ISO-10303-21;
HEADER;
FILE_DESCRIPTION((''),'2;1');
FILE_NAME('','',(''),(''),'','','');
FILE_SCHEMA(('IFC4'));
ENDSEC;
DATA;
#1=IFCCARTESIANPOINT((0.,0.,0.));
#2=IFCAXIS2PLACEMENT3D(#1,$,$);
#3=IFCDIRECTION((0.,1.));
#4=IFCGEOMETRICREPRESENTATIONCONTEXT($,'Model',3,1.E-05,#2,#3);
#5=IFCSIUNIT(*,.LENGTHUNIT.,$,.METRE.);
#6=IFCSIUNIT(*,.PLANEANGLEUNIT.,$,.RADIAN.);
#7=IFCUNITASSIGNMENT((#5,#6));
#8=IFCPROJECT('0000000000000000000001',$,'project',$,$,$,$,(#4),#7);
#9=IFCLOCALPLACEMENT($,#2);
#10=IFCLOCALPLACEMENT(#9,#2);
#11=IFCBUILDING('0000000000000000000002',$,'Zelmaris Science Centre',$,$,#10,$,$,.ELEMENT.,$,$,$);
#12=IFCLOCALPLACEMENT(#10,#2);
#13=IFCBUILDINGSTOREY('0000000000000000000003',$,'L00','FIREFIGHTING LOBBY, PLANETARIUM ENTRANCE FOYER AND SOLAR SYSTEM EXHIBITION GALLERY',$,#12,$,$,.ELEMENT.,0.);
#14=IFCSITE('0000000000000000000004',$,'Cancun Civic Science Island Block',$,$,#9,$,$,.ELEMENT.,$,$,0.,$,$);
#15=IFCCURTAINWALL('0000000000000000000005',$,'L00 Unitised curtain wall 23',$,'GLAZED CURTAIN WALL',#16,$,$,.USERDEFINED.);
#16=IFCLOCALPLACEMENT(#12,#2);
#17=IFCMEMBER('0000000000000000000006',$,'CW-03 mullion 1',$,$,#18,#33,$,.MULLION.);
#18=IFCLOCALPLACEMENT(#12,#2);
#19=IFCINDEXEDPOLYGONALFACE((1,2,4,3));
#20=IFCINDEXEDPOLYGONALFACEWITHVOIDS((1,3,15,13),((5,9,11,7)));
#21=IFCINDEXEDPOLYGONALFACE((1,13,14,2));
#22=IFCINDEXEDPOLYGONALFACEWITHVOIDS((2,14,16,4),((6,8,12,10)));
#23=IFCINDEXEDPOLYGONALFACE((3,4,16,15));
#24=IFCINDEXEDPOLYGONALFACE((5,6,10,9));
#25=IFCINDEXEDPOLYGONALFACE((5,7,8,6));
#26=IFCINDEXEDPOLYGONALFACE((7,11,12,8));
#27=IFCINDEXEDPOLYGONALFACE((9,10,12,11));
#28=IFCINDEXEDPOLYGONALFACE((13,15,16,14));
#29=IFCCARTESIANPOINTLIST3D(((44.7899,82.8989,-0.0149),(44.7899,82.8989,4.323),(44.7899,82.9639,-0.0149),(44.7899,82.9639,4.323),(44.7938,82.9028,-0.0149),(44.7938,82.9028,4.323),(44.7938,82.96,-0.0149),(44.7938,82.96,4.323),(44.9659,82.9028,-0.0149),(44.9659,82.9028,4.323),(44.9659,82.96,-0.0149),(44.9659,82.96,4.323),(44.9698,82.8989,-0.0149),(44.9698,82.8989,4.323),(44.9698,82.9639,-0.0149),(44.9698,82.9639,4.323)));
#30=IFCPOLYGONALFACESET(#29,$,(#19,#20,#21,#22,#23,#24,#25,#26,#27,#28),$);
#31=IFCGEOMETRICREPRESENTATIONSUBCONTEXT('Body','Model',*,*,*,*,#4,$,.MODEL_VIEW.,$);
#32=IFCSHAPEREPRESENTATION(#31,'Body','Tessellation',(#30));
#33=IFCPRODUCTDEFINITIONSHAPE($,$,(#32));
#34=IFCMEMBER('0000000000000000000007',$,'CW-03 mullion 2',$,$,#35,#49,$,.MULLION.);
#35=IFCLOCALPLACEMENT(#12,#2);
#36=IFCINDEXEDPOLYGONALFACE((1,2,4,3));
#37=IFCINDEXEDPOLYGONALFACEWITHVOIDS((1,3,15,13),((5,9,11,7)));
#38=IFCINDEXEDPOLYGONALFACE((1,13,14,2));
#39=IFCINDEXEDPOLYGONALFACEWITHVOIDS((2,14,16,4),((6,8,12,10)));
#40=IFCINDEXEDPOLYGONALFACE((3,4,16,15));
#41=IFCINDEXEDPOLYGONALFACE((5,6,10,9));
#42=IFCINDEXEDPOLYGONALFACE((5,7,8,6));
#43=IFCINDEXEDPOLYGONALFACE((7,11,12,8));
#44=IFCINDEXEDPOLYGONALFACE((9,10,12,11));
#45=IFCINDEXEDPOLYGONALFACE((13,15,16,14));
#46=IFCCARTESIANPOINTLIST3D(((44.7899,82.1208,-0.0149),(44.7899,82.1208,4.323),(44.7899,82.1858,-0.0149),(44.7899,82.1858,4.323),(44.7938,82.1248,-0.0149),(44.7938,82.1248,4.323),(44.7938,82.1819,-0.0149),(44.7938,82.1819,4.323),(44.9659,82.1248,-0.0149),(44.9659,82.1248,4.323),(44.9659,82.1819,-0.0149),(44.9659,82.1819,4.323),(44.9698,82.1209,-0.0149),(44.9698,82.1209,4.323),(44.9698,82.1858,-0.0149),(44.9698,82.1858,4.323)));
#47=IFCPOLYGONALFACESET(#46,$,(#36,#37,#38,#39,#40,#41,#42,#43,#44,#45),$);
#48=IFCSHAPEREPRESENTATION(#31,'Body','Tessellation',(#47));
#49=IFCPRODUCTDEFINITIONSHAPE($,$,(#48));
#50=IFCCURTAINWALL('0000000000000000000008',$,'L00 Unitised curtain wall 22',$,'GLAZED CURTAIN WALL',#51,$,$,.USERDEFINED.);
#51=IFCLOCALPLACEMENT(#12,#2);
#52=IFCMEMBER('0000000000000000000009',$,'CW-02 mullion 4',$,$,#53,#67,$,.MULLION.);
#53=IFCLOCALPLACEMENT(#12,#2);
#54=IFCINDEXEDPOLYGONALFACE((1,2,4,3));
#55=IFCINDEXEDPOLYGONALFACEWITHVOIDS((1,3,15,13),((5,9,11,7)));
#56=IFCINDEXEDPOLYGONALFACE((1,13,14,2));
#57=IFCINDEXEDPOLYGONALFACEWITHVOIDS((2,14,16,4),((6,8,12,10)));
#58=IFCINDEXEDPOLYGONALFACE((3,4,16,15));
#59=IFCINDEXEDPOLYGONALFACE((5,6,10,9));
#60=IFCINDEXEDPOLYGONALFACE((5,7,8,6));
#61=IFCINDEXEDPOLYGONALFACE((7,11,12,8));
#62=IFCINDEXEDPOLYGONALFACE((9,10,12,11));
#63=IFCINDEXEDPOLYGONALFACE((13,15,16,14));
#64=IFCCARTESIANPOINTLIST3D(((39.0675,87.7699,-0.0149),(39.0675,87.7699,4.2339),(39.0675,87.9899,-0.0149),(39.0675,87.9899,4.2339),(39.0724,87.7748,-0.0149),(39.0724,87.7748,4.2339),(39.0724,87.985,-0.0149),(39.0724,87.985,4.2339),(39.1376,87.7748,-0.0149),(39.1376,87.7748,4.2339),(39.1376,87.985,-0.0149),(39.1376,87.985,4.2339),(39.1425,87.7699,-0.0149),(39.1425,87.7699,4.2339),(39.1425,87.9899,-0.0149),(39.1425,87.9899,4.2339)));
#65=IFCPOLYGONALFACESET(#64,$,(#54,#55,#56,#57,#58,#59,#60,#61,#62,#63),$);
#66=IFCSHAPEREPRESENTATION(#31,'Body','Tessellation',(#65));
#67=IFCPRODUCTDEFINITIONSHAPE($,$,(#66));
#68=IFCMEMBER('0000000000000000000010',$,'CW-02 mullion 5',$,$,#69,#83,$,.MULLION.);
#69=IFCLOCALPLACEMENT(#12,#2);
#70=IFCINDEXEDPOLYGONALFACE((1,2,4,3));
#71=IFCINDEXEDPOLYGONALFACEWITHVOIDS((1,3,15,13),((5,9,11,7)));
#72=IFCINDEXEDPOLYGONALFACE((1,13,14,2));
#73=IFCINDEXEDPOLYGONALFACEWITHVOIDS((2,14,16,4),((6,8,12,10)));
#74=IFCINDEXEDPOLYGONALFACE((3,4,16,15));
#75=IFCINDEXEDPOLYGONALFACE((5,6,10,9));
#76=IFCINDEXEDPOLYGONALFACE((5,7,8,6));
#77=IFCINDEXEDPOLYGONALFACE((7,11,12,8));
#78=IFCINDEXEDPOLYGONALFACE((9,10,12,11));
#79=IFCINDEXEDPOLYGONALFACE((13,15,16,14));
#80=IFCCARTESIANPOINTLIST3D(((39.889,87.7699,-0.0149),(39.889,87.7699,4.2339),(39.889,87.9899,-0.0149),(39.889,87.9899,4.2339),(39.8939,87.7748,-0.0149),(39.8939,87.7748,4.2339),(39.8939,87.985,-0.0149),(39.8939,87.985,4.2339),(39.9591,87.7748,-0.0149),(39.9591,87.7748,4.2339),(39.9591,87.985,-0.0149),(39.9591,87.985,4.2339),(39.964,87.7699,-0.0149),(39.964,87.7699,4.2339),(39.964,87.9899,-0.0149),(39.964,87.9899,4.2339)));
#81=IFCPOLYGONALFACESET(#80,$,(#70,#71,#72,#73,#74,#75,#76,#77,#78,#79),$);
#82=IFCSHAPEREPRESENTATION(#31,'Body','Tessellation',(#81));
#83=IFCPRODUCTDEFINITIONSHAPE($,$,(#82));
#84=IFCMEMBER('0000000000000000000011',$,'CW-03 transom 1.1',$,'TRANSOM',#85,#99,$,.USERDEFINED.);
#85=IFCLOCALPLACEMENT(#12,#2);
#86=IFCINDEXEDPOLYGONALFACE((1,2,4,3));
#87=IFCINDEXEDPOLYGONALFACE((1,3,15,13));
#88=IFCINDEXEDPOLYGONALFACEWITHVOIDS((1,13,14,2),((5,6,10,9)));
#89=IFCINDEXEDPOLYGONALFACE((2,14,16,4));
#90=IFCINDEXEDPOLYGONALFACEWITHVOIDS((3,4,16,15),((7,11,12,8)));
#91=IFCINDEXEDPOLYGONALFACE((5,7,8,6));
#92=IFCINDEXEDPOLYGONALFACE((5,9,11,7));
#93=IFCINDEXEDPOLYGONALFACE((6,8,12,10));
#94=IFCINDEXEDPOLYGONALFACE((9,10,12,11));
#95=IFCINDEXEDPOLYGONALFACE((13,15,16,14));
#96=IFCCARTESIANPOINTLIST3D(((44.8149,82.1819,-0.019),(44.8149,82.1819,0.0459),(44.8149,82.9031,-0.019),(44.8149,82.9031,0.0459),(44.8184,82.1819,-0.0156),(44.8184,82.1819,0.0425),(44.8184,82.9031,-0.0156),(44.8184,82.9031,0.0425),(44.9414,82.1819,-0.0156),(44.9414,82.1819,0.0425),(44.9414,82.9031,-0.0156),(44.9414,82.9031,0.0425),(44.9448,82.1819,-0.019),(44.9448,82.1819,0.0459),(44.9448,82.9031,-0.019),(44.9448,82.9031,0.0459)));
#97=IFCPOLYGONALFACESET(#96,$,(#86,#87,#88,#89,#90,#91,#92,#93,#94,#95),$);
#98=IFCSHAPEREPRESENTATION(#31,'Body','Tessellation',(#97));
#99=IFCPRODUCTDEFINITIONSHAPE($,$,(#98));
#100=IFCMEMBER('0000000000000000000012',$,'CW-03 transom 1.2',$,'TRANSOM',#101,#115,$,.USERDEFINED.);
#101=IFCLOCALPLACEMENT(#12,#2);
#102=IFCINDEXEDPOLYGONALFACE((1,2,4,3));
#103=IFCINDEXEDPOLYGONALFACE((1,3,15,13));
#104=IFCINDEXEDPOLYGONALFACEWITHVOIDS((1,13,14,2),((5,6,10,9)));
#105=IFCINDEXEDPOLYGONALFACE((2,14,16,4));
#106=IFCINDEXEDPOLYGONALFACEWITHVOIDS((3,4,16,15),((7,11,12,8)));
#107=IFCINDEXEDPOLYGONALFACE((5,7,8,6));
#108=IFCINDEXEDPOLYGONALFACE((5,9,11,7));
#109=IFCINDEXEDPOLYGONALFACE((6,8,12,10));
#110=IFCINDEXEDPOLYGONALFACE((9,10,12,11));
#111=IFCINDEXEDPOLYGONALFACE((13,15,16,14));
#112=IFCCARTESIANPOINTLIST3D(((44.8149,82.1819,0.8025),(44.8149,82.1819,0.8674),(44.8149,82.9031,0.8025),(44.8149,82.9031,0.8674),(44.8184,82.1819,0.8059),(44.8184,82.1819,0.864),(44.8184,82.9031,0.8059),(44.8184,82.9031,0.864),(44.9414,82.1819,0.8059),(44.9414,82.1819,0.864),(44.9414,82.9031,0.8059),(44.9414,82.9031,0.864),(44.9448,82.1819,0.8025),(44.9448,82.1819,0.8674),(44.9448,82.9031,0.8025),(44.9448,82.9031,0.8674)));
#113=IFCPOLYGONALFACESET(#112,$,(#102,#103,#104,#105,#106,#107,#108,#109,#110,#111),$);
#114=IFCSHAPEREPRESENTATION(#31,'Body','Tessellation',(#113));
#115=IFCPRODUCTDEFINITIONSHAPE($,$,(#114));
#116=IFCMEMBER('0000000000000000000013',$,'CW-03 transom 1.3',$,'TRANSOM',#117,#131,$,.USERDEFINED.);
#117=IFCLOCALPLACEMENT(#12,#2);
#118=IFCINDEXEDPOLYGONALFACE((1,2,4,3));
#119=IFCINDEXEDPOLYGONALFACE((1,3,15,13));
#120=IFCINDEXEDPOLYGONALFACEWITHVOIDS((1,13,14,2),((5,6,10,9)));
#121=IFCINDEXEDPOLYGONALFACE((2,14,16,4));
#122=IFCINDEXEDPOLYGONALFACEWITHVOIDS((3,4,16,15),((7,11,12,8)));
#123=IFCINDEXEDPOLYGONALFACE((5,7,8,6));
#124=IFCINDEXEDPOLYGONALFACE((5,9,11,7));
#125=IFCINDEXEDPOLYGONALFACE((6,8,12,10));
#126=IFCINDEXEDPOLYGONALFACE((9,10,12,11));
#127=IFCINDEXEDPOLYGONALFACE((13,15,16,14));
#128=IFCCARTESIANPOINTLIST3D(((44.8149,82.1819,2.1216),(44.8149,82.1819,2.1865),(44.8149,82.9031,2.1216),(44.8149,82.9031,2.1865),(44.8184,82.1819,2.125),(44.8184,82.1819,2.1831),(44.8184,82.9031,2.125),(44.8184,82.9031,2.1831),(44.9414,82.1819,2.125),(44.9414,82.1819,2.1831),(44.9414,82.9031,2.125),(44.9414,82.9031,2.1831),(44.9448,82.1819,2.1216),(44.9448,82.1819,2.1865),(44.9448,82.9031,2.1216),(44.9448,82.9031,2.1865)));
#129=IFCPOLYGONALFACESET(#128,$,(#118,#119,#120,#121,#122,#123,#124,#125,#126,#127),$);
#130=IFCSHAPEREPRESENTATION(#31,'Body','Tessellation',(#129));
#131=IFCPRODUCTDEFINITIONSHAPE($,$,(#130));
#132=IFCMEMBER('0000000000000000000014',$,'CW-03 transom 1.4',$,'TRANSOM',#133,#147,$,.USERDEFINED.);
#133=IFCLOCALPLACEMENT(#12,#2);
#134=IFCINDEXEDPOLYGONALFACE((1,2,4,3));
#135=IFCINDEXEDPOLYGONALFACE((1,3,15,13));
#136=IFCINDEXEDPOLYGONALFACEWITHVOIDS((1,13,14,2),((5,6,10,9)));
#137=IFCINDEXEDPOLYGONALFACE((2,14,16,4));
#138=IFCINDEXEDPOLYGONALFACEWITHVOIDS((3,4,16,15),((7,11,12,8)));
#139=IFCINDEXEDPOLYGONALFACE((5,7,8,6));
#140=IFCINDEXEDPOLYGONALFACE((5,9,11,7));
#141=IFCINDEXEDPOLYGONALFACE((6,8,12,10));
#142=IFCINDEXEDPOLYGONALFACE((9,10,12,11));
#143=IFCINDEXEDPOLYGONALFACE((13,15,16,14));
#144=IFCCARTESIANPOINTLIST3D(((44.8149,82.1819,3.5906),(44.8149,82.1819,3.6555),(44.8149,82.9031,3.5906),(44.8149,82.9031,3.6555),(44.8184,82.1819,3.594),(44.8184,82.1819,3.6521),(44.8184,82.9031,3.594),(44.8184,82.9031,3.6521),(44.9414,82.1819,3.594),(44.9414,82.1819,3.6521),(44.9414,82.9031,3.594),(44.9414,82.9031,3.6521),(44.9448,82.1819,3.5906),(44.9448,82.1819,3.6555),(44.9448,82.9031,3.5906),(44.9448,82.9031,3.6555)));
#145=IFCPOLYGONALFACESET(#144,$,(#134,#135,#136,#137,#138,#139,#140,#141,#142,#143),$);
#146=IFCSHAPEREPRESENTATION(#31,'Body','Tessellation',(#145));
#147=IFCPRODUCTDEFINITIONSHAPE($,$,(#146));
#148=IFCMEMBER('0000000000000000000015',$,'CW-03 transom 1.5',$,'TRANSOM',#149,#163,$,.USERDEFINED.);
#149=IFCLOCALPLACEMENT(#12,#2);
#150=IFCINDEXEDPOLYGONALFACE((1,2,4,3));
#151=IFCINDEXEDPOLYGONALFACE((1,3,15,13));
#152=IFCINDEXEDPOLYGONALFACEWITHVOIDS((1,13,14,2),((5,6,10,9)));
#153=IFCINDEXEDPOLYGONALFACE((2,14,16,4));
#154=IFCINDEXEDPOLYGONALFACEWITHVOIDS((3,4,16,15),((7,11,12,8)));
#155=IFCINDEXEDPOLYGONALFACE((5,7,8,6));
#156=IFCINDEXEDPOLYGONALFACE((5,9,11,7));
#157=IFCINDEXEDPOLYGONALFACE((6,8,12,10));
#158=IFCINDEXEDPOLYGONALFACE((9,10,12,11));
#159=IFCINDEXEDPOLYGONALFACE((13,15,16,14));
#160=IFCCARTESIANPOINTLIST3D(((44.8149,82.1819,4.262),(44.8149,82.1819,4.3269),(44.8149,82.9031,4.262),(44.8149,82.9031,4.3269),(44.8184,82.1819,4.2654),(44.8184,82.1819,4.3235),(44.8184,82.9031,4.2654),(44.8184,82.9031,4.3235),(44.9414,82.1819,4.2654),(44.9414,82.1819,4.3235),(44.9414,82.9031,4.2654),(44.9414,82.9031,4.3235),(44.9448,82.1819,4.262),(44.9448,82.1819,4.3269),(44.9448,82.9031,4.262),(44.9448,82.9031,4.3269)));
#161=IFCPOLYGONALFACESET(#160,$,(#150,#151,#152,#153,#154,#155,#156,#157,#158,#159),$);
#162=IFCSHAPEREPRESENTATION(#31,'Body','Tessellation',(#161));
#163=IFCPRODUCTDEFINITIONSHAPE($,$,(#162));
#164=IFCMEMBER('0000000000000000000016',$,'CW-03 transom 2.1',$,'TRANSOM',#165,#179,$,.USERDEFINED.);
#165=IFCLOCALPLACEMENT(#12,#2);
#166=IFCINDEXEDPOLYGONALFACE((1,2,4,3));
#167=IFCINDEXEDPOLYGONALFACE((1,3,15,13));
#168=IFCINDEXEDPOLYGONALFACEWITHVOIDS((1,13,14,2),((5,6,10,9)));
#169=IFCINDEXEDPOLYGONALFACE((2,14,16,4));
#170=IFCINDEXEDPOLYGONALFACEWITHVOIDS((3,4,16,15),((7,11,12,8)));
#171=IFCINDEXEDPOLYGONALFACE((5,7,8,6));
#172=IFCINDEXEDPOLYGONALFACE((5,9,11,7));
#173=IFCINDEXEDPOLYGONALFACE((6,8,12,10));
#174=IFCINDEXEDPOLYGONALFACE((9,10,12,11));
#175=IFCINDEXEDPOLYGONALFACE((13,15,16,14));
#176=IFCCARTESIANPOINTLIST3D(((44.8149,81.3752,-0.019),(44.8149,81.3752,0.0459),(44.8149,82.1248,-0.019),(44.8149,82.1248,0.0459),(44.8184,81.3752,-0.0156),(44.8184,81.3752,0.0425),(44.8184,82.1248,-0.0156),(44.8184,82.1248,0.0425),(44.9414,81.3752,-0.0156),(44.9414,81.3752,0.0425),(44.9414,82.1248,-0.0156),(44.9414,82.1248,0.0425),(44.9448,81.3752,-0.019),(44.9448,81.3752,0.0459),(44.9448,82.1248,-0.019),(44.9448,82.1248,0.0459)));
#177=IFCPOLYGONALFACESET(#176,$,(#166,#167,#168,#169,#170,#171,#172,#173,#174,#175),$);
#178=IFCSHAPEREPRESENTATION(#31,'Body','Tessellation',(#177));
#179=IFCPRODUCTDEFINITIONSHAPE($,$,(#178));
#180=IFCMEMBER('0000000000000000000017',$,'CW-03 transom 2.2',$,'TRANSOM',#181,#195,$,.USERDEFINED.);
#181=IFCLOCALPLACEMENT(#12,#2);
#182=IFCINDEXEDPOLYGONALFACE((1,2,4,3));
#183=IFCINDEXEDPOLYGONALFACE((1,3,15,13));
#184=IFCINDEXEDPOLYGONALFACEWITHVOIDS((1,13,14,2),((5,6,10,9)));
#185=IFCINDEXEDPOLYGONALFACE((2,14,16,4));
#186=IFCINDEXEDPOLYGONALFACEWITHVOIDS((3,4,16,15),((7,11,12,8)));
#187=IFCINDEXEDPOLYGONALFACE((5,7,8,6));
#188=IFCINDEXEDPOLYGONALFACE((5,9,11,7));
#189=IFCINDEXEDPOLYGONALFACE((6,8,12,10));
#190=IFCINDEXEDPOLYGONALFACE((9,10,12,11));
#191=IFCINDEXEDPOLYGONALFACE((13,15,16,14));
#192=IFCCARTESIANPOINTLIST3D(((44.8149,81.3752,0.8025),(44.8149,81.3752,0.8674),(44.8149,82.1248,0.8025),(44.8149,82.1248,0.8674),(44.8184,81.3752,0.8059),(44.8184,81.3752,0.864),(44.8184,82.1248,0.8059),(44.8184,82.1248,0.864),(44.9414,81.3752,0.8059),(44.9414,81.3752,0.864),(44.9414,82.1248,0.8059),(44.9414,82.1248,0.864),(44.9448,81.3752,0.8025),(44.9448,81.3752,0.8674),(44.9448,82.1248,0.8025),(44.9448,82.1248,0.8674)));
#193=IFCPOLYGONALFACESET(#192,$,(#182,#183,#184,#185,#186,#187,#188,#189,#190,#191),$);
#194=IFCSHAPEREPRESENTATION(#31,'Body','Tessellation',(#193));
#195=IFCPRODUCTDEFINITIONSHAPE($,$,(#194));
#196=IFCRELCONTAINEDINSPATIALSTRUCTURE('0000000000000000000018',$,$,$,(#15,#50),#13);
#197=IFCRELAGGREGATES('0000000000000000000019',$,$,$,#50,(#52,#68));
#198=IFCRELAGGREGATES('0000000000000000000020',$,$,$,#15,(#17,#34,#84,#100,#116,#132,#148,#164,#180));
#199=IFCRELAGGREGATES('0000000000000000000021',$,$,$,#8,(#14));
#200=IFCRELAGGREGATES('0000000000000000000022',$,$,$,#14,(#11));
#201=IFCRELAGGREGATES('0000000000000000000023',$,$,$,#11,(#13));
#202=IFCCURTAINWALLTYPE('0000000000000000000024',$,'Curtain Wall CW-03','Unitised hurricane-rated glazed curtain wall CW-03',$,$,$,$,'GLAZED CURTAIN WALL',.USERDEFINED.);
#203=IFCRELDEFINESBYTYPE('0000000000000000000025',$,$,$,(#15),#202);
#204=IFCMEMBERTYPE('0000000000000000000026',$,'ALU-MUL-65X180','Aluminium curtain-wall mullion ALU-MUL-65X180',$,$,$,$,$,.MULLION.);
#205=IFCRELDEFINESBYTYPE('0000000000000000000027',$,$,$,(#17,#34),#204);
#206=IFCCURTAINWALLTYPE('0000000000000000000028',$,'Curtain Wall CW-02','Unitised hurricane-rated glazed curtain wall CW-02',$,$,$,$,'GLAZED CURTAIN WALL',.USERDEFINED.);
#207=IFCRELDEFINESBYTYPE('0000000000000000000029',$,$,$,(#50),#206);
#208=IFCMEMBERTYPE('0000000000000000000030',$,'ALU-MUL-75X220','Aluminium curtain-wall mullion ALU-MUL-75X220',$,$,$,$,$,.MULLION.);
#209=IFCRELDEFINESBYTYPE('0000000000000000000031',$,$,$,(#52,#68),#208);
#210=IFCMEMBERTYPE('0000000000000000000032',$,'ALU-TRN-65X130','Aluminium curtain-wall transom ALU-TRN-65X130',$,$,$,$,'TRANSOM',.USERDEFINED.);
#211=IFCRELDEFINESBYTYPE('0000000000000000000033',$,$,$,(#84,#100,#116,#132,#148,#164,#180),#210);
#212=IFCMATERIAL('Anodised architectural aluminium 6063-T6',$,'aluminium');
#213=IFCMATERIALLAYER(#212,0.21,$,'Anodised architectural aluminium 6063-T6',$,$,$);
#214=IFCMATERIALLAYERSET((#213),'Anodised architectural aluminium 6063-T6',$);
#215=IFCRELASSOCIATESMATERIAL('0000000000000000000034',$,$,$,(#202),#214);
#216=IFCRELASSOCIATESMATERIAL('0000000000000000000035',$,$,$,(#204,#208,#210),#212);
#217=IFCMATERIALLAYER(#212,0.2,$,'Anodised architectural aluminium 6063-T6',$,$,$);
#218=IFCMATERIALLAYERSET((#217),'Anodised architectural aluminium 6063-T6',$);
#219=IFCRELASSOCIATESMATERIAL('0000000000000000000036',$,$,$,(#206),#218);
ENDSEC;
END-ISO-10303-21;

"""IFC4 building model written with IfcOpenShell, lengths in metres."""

from ifc_helpers import new_model, si_unit, direction, frame, origin, origin_2d, place, context, subcontext, project, spatial, hollow_rectangle, extrude, material, layer, layer_set, material_profile, profile_set, type_object, element, aggregate, save


model = new_model("IFC4")

# Units and contexts
model_context = context("Model", 3, precision=1e-05, world=origin(), true_north=direction((0.0, 1.0)))
body_context = subcontext(model_context, "Body", "Model", "MODEL_VIEW")
ifc_project = project(units=[si_unit("LENGTHUNIT", "METRE"), si_unit("PLANEANGLEUNIT", "RADIAN")], contexts=[model_context])

# Site, building, storey
site_placement = place(None, origin())
site = spatial("IfcSite", under=ifc_project, at=site_placement, Name="Cancun Civic Science Island Block", CompositionType="ELEMENT", RefElevation=0.0)
building_placement = place(site_placement, origin())
building = spatial("IfcBuilding", under=site, at=building_placement, Name="Zelmaris Science Centre", CompositionType="ELEMENT")
storey_placement = place(building_placement, origin())
storey = spatial("IfcBuildingStorey", under=building, at=storey_placement, Name="L00", Description="FIREFIGHTING LOBBY, PLANETARIUM ENTRANCE FOYER AND SOLAR SYSTEM EXHIBITION GALLERY", CompositionType="ELEMENT", Elevation=0.0)

# Curtain walls, members
ifc_material_1 = material(Name="Anodised architectural aluminium 6063-T6", Category="aluminium")
ifc_layer_1 = layer(ifc_material_1, 0.21, Name="Anodised architectural aluminium 6063-T6")
ifc_layer_set_1 = layer_set([ifc_layer_1], Name="Anodised architectural aluminium 6063-T6")
curtain_wall_type_1 = type_object("IfcCurtainWallType", Name="Curtain Wall CW-03", Description="Unitised hurricane-rated glazed curtain wall CW-03", ElementType="GLAZED CURTAIN WALL", PredefinedType="USERDEFINED", material=ifc_layer_set_1)
curtain_wall_1_placement = place(storey_placement, origin())
curtain_wall_1 = element("IfcCurtainWall", 1, at=curtain_wall_1_placement, inside=storey, type_object=curtain_wall_type_1, Name="L00 Unitised curtain wall 23", ObjectType="GLAZED CURTAIN WALL", PredefinedType="USERDEFINED")
ifc_material_profile_1 = material_profile(ifc_material_1, hollow_rectangle(XDim=0.0649, YDim=0.1799, WallThickness=0.0039, at=origin_2d()), Name="ALU-MUL-65X180")
ifc_profile_set_1 = profile_set([ifc_material_profile_1], Name="Anodised architectural aluminium 6063-T6")
member_type_1 = type_object("IfcMemberType", Name="ALU-MUL-65X180", Description="Aluminium curtain-wall mullion ALU-MUL-65X180", PredefinedType="MULLION", material=ifc_profile_set_1)
member_1_placement = place(storey_placement, frame((44.8799, 82.9314, -0.0149), z_axis=(0.0, 0.0, 1.0), x_axis=(0.000009, -1.0, 0.0)))
member_1 = element("IfcMember", 2, at=member_1_placement, type_object=member_type_1, Name="CW-03 mullion 1", PredefinedType="MULLION", context=body_context, shape_type="SweptSolid", body=[
    extrude(hollow_rectangle(XDim=0.0649, YDim=0.1799, WallThickness=0.0039, at=origin_2d()), origin(), (0.0, 0.0, 1.0), 4.3379),
])
member_2_placement = place(storey_placement, frame((44.8799, 82.1533, -0.0149), z_axis=(0.0, 0.0, 1.0), x_axis=(0.000009, -1.0, 0.0)))
member_2 = element("IfcMember", 3, at=member_2_placement, type_object=member_type_1, Name="CW-03 mullion 2", PredefinedType="MULLION", context=body_context, shape_type="SweptSolid", body=[
    extrude(hollow_rectangle(XDim=0.0649, YDim=0.1799, WallThickness=0.0039, at=origin_2d()), origin(), (0.0, 0.0, 1.0), 4.3379),
])
ifc_layer_2 = layer(ifc_material_1, 0.2, Name="Anodised architectural aluminium 6063-T6")
ifc_layer_set_2 = layer_set([ifc_layer_2], Name="Anodised architectural aluminium 6063-T6")
curtain_wall_type_2 = type_object("IfcCurtainWallType", Name="Curtain Wall CW-02", Description="Unitised hurricane-rated glazed curtain wall CW-02", ElementType="GLAZED CURTAIN WALL", PredefinedType="USERDEFINED", material=ifc_layer_set_2)
curtain_wall_2_placement = place(storey_placement, origin())
curtain_wall_2 = element("IfcCurtainWall", 4, at=curtain_wall_2_placement, inside=storey, type_object=curtain_wall_type_2, Name="L00 Unitised curtain wall 22", ObjectType="GLAZED CURTAIN WALL", PredefinedType="USERDEFINED")
ifc_material_profile_2 = material_profile(ifc_material_1, hollow_rectangle(XDim=0.075, YDim=0.22, WallThickness=0.0049, at=origin_2d()), Name="ALU-MUL-75X220")
ifc_profile_set_2 = profile_set([ifc_material_profile_2], Name="Anodised architectural aluminium 6063-T6")
member_type_2 = type_object("IfcMemberType", Name="ALU-MUL-75X220", Description="Aluminium curtain-wall mullion ALU-MUL-75X220", PredefinedType="MULLION", material=ifc_profile_set_2)
member_3_placement = place(storey_placement, frame((39.105, 87.8799, -0.0149), z_axis=(0.0, 0.0, 1.0), x_axis=(1.0, 0.0, 0.0)))
member_3 = element("IfcMember", 5, at=member_3_placement, type_object=member_type_2, Name="CW-02 mullion 4", PredefinedType="MULLION", context=body_context, shape_type="SweptSolid", body=[
    extrude(hollow_rectangle(XDim=0.075, YDim=0.22, WallThickness=0.0049, at=origin_2d()), origin(), (0.0, 0.0, 1.0), 4.2488),
])
member_4_placement = place(storey_placement, frame((39.9265, 87.8799, -0.0149), z_axis=(0.0, 0.0, 1.0), x_axis=(1.0, 0.0, 0.0)))
member_4 = element("IfcMember", 6, at=member_4_placement, type_object=member_type_2, Name="CW-02 mullion 5", PredefinedType="MULLION", context=body_context, shape_type="SweptSolid", body=[
    extrude(hollow_rectangle(XDim=0.075, YDim=0.22, WallThickness=0.0049, at=origin_2d()), origin(), (0.0, 0.0, 1.0), 4.2488),
])

# Members
ifc_material_profile_3 = material_profile(ifc_material_1, hollow_rectangle(XDim=0.0649, YDim=0.1299, WallThickness=0.0034, at=origin_2d()), Name="ALU-TRN-65X130")
ifc_profile_set_3 = profile_set([ifc_material_profile_3], Name="Anodised architectural aluminium 6063-T6")
member_type_3 = type_object("IfcMemberType", Name="ALU-TRN-65X130", Description="Aluminium curtain-wall transom ALU-TRN-65X130", ElementType="TRANSOM", PredefinedType="USERDEFINED", material=ifc_profile_set_3)
member_5_placement = place(storey_placement, frame((44.8799, 82.9031, 0.0134), z_axis=(0.0, -1.0, 0.0), x_axis=(0.0, 0.0, 1.0)))
member_5 = element("IfcMember", 7, at=member_5_placement, type_object=member_type_3, Name="CW-03 transom 1.1", ObjectType="TRANSOM", PredefinedType="USERDEFINED", context=body_context, shape_type="SweptSolid", body=[
    extrude(hollow_rectangle(XDim=0.0649, YDim=0.1299, WallThickness=0.0034, at=origin_2d()), origin(), (0.0, 0.0, 1.0), 0.7212),
])
member_6_placement = place(storey_placement, frame((44.8799, 82.9031, 0.835), z_axis=(0.0, -1.0, 0.0), x_axis=(0.0, 0.0, 1.0)))
member_6 = element("IfcMember", 8, at=member_6_placement, type_object=member_type_3, Name="CW-03 transom 1.2", ObjectType="TRANSOM", PredefinedType="USERDEFINED", context=body_context, shape_type="SweptSolid", body=[
    extrude(hollow_rectangle(XDim=0.0649, YDim=0.1299, WallThickness=0.0034, at=origin_2d()), origin(), (0.0, 0.0, 1.0), 0.7212),
])
member_7_placement = place(storey_placement, frame((44.8799, 82.9031, 2.1541), z_axis=(0.0, -1.0, 0.0), x_axis=(0.0, 0.0, 1.0)))
member_7 = element("IfcMember", 9, at=member_7_placement, type_object=member_type_3, Name="CW-03 transom 1.3", ObjectType="TRANSOM", PredefinedType="USERDEFINED", context=body_context, shape_type="SweptSolid", body=[
    extrude(hollow_rectangle(XDim=0.0649, YDim=0.1299, WallThickness=0.0034, at=origin_2d()), origin(), (0.0, 0.0, 1.0), 0.7212),
])
member_8_placement = place(storey_placement, frame((44.8799, 82.9031, 3.623), z_axis=(0.0, -1.0, 0.0), x_axis=(0.0, 0.0, 1.0)))
member_8 = element("IfcMember", 10, at=member_8_placement, type_object=member_type_3, Name="CW-03 transom 1.4", ObjectType="TRANSOM", PredefinedType="USERDEFINED", context=body_context, shape_type="SweptSolid", body=[
    extrude(hollow_rectangle(XDim=0.0649, YDim=0.1299, WallThickness=0.0034, at=origin_2d()), origin(), (0.0, 0.0, 1.0), 0.7212),
])
member_9_placement = place(storey_placement, frame((44.8799, 82.9031, 4.2944), z_axis=(0.0, -1.0, 0.0), x_axis=(0.0, 0.0, 1.0)))
member_9 = element("IfcMember", 11, at=member_9_placement, type_object=member_type_3, Name="CW-03 transom 1.5", ObjectType="TRANSOM", PredefinedType="USERDEFINED", context=body_context, shape_type="SweptSolid", body=[
    extrude(hollow_rectangle(XDim=0.0649, YDim=0.1299, WallThickness=0.0034, at=origin_2d()), origin(), (0.0, 0.0, 1.0), 0.7212),
])
member_10_placement = place(storey_placement, frame((44.8799, 82.1248, 0.0134), z_axis=(0.0, -1.0, 0.0), x_axis=(0.0, 0.0, 1.0)))
member_10 = element("IfcMember", 12, at=member_10_placement, type_object=member_type_3, Name="CW-03 transom 2.1", ObjectType="TRANSOM", PredefinedType="USERDEFINED", context=body_context, shape_type="SweptSolid", body=[
    extrude(hollow_rectangle(XDim=0.0649, YDim=0.1299, WallThickness=0.0034, at=origin_2d()), origin(), (0.0, 0.0, 1.0), 0.7495),
])
member_11_placement = place(storey_placement, frame((44.8799, 82.1248, 0.835), z_axis=(0.0, -1.0, 0.0), x_axis=(0.0, 0.0, 1.0)))
member_11 = element("IfcMember", 13, at=member_11_placement, type_object=member_type_3, Name="CW-03 transom 2.2", ObjectType="TRANSOM", PredefinedType="USERDEFINED", context=body_context, shape_type="SweptSolid", body=[
    extrude(hollow_rectangle(XDim=0.0649, YDim=0.1299, WallThickness=0.0034, at=origin_2d()), origin(), (0.0, 0.0, 1.0), 0.7495),
])

aggregate(curtain_wall_2, [member_3, member_4])
aggregate(curtain_wall_1, [member_1, member_2, member_5, member_6, member_7, member_8, member_9, member_10, member_11])

save(model, "model.ifc")
